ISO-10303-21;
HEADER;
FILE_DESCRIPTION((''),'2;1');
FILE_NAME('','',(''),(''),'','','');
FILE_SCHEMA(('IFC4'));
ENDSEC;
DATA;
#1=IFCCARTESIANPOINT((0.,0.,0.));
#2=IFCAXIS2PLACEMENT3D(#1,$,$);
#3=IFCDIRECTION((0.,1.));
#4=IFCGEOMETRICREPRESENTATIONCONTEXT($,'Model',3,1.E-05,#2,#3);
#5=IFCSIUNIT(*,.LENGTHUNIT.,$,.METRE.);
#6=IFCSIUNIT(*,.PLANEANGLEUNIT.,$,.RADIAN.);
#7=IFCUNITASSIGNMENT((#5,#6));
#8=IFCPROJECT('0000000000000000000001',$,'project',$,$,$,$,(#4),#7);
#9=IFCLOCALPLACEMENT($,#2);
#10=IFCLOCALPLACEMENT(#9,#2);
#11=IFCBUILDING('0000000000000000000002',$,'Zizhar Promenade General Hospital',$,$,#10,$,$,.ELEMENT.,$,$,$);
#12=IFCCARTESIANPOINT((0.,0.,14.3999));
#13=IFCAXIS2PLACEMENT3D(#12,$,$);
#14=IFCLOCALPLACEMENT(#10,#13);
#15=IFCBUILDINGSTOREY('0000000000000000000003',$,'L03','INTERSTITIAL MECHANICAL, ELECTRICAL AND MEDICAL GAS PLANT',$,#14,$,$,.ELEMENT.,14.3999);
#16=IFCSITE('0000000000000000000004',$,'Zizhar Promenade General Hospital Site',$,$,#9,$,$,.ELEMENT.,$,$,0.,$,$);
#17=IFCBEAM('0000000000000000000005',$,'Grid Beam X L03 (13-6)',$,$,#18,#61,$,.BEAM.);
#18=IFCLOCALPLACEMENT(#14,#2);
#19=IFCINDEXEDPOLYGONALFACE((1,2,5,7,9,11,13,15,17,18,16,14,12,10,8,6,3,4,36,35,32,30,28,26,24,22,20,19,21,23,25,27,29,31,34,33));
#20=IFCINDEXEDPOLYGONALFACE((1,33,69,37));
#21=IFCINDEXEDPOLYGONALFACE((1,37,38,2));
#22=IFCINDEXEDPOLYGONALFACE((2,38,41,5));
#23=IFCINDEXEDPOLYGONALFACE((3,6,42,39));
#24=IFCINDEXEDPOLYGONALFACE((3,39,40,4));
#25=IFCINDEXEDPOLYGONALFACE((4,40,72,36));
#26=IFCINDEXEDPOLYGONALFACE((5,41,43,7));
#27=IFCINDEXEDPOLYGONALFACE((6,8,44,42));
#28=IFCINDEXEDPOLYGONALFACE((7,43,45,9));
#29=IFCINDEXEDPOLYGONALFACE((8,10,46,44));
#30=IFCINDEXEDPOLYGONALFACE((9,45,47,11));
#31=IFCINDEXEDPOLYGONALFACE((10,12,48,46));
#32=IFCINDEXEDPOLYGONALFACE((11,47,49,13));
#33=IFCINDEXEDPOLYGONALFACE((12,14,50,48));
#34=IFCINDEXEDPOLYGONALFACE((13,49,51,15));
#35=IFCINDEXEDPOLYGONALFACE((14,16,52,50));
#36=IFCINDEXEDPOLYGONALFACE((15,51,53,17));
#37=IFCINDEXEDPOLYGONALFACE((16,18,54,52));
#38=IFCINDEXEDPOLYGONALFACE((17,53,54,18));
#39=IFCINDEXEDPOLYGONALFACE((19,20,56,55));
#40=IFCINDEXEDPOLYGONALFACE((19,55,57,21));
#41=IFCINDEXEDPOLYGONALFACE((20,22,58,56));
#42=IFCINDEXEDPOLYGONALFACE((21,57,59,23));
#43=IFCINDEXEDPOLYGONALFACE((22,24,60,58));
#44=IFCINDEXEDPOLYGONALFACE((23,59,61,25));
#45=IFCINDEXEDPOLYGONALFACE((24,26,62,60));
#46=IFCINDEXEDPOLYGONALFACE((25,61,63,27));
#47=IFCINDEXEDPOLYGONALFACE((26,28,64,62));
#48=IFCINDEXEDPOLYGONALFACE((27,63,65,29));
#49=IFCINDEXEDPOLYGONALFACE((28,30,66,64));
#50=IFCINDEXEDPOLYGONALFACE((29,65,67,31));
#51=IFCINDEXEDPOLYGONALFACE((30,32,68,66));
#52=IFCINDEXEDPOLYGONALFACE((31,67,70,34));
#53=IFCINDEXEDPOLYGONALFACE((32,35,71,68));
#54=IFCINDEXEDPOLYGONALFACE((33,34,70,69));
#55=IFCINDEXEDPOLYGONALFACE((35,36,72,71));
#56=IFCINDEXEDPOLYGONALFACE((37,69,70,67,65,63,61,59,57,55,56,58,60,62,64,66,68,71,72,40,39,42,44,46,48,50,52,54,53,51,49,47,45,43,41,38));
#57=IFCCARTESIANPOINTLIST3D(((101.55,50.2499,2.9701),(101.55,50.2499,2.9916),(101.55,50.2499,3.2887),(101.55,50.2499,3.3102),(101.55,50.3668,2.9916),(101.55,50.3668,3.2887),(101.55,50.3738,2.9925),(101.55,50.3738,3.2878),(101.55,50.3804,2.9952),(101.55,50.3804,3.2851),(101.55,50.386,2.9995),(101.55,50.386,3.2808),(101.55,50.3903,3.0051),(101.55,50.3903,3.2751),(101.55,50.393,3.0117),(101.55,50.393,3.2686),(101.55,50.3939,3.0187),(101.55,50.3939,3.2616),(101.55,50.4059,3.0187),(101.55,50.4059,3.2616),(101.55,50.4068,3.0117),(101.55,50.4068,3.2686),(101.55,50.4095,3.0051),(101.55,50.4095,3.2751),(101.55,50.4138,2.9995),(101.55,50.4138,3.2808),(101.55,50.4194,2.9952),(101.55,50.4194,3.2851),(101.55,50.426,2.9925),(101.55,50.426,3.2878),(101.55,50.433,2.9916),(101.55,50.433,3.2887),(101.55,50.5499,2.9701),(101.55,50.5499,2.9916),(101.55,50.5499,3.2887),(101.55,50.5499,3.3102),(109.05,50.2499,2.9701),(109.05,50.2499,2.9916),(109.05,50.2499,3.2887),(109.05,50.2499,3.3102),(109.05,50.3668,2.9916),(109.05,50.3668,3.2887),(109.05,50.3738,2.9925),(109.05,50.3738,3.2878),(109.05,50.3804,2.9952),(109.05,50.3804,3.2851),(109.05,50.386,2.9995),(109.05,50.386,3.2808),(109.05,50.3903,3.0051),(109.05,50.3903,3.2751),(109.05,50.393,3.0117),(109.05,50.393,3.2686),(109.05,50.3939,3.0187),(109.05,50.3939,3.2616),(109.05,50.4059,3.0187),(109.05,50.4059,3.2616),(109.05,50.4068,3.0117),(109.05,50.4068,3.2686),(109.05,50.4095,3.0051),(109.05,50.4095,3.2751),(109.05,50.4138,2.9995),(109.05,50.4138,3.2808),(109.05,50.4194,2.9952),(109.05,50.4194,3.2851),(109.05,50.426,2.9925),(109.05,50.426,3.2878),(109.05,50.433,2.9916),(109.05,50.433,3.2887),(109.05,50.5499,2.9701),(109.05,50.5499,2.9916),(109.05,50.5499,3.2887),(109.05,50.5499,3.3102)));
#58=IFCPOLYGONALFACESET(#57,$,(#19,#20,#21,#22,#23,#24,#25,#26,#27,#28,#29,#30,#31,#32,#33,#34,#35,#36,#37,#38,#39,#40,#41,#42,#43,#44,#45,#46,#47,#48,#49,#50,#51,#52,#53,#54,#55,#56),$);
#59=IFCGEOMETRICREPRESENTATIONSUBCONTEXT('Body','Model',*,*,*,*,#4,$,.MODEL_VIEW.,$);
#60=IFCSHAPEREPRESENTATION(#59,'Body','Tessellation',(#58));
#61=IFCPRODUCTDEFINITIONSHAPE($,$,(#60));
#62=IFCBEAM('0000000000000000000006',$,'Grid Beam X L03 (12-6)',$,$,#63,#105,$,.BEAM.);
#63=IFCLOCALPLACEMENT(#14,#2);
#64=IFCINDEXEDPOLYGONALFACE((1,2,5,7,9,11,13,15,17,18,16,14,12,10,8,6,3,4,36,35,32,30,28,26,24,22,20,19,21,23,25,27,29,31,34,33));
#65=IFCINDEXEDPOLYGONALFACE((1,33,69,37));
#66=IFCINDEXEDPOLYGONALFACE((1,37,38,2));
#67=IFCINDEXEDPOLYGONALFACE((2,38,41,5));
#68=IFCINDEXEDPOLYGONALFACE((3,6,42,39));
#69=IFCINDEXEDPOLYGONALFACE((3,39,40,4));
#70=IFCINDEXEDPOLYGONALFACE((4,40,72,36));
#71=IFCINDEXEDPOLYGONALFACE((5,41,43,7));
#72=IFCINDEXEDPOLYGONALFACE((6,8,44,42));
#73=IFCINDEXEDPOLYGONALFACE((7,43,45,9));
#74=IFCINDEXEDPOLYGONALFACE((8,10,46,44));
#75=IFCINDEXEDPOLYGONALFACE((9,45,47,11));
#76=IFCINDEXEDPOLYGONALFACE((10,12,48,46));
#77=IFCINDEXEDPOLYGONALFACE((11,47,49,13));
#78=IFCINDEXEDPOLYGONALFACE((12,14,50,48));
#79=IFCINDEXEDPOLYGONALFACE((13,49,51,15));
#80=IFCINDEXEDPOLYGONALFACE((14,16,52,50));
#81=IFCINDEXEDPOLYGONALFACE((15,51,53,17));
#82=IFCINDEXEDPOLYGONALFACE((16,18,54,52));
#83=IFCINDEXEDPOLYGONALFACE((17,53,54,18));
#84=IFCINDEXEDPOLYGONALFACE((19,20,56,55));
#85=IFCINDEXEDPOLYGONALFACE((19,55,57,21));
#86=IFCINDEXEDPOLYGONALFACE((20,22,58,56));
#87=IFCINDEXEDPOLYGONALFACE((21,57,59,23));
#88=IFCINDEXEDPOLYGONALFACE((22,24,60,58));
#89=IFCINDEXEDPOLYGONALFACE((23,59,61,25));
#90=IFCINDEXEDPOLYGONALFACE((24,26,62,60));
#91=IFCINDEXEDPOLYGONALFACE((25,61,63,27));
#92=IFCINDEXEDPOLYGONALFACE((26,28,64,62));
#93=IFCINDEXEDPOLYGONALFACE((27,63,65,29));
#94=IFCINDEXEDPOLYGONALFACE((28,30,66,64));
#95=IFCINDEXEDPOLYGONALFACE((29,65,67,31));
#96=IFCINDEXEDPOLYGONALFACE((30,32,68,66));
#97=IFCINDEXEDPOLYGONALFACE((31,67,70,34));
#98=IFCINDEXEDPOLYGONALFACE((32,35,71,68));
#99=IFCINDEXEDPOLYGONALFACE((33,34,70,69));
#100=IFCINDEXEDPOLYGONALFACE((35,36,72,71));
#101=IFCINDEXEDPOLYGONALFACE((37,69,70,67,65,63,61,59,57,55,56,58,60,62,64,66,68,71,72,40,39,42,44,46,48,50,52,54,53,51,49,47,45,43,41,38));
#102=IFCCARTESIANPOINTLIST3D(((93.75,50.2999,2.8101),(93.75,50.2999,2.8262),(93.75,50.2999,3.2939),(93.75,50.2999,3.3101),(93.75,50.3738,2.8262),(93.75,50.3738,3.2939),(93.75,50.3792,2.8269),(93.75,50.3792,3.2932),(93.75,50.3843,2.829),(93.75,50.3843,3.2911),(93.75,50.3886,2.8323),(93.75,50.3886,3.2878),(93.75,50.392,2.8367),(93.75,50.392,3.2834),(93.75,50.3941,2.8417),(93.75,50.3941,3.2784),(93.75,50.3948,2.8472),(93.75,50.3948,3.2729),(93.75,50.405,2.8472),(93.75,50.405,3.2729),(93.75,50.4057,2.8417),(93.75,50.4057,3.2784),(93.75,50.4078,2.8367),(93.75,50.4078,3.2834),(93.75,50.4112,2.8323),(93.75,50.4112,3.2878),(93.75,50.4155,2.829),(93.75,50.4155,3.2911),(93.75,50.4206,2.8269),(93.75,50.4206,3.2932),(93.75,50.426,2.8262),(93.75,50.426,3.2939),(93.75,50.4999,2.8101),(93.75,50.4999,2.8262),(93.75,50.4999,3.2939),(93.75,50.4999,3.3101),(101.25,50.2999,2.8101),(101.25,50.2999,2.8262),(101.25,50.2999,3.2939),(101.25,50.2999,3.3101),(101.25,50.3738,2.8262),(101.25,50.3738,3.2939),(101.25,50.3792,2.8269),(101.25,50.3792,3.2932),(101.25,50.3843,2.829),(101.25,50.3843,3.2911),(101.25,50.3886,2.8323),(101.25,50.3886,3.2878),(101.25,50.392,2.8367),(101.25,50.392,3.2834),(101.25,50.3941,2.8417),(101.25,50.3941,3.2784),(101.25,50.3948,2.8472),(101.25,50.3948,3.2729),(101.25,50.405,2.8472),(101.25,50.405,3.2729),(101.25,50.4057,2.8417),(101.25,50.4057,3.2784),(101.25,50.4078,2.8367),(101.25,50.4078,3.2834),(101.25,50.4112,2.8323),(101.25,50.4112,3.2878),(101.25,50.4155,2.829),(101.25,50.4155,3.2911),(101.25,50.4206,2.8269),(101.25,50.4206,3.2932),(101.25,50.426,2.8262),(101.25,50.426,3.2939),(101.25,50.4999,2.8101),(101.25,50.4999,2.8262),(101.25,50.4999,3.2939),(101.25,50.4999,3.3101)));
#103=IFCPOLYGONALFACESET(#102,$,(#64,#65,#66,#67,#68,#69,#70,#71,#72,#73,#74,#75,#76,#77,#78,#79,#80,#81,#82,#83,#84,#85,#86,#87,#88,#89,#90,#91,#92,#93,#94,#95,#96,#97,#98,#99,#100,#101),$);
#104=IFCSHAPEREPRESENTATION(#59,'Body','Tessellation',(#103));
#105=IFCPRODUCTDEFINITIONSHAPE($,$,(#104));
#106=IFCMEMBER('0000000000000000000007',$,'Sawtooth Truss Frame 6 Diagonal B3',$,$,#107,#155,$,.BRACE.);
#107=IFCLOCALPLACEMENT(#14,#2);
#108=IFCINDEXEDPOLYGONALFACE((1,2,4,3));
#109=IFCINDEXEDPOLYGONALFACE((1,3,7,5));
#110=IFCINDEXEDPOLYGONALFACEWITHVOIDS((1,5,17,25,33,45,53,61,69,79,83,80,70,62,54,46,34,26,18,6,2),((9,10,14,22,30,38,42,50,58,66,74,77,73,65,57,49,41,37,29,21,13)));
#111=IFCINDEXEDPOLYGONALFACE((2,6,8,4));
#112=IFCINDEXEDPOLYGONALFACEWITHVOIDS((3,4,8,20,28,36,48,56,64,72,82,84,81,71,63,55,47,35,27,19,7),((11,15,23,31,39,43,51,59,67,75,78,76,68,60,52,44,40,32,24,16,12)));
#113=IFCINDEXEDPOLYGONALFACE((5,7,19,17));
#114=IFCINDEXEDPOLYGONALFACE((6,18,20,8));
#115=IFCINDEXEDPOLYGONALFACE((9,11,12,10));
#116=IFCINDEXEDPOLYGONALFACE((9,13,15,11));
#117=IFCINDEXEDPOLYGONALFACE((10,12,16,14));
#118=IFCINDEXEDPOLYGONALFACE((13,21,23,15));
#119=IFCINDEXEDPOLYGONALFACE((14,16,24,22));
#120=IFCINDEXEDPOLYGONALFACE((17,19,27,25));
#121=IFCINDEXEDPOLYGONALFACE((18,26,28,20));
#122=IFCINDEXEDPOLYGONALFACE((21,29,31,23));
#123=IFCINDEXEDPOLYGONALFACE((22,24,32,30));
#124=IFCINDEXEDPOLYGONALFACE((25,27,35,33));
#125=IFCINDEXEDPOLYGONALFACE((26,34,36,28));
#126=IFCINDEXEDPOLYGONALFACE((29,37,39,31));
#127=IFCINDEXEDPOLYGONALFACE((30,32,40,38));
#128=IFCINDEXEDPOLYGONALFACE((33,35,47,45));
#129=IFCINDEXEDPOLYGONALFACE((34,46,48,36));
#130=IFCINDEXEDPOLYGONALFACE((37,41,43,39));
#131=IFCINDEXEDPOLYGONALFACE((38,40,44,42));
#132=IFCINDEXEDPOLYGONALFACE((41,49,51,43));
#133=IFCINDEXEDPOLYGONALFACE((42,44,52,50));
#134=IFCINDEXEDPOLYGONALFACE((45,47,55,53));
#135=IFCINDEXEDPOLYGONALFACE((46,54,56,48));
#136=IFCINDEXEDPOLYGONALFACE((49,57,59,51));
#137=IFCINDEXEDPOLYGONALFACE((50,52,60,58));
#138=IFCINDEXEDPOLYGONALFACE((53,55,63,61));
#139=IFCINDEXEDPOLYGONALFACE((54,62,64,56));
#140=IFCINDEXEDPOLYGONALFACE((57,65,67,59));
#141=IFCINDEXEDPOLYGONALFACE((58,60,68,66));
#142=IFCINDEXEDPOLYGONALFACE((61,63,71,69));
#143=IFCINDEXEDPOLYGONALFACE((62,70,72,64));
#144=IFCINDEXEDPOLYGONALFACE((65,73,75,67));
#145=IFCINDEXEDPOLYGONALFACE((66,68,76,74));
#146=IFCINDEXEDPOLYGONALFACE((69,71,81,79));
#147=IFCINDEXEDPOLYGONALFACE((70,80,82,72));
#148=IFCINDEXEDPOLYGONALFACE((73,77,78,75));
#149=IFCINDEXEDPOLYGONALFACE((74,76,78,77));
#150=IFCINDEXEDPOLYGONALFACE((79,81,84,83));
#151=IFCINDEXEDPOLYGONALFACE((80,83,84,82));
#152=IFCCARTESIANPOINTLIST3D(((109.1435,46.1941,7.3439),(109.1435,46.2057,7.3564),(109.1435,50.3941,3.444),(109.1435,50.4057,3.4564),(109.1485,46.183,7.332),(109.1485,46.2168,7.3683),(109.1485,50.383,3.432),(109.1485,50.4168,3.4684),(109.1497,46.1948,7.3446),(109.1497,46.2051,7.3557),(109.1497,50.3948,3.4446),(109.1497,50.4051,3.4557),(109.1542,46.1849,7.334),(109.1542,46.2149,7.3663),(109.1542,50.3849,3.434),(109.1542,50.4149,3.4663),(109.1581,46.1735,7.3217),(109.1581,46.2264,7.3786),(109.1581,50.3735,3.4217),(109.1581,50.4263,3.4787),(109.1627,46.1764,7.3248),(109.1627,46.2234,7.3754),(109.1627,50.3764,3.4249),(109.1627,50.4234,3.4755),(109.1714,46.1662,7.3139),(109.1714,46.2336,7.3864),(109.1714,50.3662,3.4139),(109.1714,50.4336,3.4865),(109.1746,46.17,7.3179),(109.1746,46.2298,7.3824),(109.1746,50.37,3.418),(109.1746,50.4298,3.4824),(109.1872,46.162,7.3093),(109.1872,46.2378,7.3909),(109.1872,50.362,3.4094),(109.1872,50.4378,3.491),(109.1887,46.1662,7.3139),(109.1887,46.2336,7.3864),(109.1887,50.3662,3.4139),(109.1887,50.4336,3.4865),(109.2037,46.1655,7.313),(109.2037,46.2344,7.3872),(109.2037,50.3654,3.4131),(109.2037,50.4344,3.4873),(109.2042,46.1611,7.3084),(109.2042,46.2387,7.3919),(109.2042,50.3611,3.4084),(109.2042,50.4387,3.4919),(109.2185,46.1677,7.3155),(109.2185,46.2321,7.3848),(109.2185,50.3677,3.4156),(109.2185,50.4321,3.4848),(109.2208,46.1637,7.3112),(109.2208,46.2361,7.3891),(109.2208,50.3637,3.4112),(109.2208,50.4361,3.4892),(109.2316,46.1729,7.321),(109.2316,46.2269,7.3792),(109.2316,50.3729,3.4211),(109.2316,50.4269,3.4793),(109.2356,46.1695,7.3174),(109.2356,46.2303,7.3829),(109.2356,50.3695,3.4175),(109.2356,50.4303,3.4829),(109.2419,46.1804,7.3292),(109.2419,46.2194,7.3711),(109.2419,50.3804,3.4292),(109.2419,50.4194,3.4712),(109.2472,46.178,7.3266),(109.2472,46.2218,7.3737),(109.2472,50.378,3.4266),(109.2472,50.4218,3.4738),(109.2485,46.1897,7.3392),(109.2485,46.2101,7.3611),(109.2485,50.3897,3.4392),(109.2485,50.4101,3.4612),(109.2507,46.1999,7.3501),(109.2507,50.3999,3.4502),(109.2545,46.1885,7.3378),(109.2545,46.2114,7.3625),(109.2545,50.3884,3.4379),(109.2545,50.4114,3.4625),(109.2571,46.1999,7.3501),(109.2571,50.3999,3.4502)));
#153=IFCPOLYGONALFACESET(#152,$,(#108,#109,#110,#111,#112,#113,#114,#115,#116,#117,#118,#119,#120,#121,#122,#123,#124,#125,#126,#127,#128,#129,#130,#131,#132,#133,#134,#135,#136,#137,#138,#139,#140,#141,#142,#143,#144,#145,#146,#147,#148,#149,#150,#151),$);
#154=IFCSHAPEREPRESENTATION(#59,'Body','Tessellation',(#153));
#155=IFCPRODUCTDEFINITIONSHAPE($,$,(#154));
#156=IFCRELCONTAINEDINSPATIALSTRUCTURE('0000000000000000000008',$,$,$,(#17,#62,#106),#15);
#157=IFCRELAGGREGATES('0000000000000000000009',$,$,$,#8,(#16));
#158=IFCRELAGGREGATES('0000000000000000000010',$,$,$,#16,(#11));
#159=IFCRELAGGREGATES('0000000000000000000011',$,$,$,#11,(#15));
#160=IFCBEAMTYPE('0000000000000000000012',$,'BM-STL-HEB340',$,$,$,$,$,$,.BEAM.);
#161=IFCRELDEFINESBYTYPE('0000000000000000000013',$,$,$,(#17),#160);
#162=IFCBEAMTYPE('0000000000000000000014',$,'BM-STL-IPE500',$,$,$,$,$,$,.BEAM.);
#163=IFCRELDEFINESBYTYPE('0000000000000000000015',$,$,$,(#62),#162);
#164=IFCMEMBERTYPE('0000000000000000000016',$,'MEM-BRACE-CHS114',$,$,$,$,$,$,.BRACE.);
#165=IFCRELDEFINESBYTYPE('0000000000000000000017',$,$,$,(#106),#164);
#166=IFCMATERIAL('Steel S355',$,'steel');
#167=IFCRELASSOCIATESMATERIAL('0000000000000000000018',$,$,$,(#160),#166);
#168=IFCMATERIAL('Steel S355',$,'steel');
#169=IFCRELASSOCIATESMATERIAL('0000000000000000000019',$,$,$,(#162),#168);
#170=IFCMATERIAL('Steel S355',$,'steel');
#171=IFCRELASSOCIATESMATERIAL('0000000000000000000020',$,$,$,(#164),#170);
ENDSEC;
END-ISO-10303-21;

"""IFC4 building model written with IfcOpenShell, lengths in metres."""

from ifc_helpers import new_model, si_unit, direction, frame, origin, origin_2d, place, context, subcontext, project, spatial, hollow_circle, i_section, extrude, material, material_profile, profile_set, type_object, element, save


model = new_model("IFC4")

# Units and contexts
model_context = context("Model", 3, precision=1e-05, world=origin(), true_north=direction((0.0, 1.0)))
body_context = subcontext(model_context, "Body", "Model", "MODEL_VIEW")
ifc_project = project(units=[si_unit("LENGTHUNIT", "METRE"), si_unit("PLANEANGLEUNIT", "RADIAN")], contexts=[model_context])

# Site, building, storey
site_placement = place(None, origin())
site = spatial("IfcSite", under=ifc_project, at=site_placement, Name="Zizhar Promenade General Hospital Site", CompositionType="ELEMENT", RefElevation=0.0)
building_placement = place(site_placement, origin())
building = spatial("IfcBuilding", under=site, at=building_placement, Name="Zizhar Promenade General Hospital", CompositionType="ELEMENT")
storey_placement = place(building_placement, frame((0.0, 0.0, 14.3999)))
storey = spatial("IfcBuildingStorey", under=building, at=storey_placement, Name="L03", Description="INTERSTITIAL MECHANICAL, ELECTRICAL AND MEDICAL GAS PLANT", CompositionType="ELEMENT", Elevation=14.3999)

# Beams
ifc_material_1 = material(Name="Steel S355", Category="steel")
ifc_material_profile_1 = material_profile(ifc_material_1, i_section(OverallWidth=0.3, OverallDepth=0.3401, WebThickness=0.012, FlangeThickness=0.0215, FilletRadius=0.0271, at=origin_2d()))
ifc_profile_set_1 = profile_set([ifc_material_profile_1], Name="Steel S355")
beam_type_1 = type_object("IfcBeamType", Name="BM-STL-HEB340", PredefinedType="BEAM", material=ifc_profile_set_1)
beam_1_placement = place(storey_placement, frame((101.55, 50.3999, 3.1401), z_axis=(1.0, 0.0, 0.0), x_axis=(0.0, 1.0, 0.0)))
element("IfcBeam", 1, at=beam_1_placement, inside=storey, type_object=beam_type_1, Name="Grid Beam X L03 (13-6)", PredefinedType="BEAM", context=body_context, shape_type="SweptSolid", body=[
    extrude(i_section(OverallWidth=0.3, OverallDepth=0.3401, WebThickness=0.012, FlangeThickness=0.0215, FilletRadius=0.0271, at=origin_2d()), origin(), (0.0, 0.0, 1.0), 7.5),
])
ifc_material_2 = material(Name="Steel S355", Category="steel")
ifc_material_profile_2 = material_profile(ifc_material_2, i_section(OverallWidth=0.2, OverallDepth=0.5, WebThickness=0.0103, FlangeThickness=0.0161, FilletRadius=0.021, at=origin_2d()))
ifc_profile_set_2 = profile_set([ifc_material_profile_2], Name="Steel S355")
beam_type_2 = type_object("IfcBeamType", Name="BM-STL-IPE500", PredefinedType="BEAM", material=ifc_profile_set_2)
beam_2_placement = place(storey_placement, frame((93.75, 50.3999, 3.0601), z_axis=(1.0, 0.0, 0.0), x_axis=(0.0, 1.0, 0.0)))
element("IfcBeam", 2, at=beam_2_placement, inside=storey, type_object=beam_type_2, Name="Grid Beam X L03 (12-6)", PredefinedType="BEAM", context=body_context, shape_type="SweptSolid", body=[
    extrude(i_section(OverallWidth=0.2, OverallDepth=0.5, WebThickness=0.0103, FlangeThickness=0.0161, FilletRadius=0.021, at=origin_2d()), origin(), (0.0, 0.0, 1.0), 7.5),
])

# Member
ifc_material_3 = material(Name="Steel S355", Category="steel")
ifc_material_profile_3 = material_profile(ifc_material_3, hollow_circle(Radius=0.0571, WallThickness=0.0063, at=origin_2d()))
ifc_profile_set_3 = profile_set([ifc_material_profile_3], Name="Steel S355")
member_type_1 = type_object("IfcMemberType", Name="MEM-BRACE-CHS114", PredefinedType="BRACE", material=ifc_profile_set_3)
member_1_placement = place(storey_placement, frame((109.2, 50.3999, 3.4502), z_axis=(0.0, -0.732798, 0.680446), x_axis=(1.0, 0.0, 0.0)))
element("IfcMember", 3, at=member_1_placement, inside=storey, type_object=member_type_1, Name="Sawtooth Truss Frame 6 Diagonal B3", PredefinedType="BRACE", context=body_context, shape_type="SweptSolid", body=[
    extrude(hollow_circle(Radius=0.0571, WallThickness=0.0063, at=origin_2d()), origin(), (0.0, 0.0, 1.0), 5.7314),
])

save(model, "model.ifc")
